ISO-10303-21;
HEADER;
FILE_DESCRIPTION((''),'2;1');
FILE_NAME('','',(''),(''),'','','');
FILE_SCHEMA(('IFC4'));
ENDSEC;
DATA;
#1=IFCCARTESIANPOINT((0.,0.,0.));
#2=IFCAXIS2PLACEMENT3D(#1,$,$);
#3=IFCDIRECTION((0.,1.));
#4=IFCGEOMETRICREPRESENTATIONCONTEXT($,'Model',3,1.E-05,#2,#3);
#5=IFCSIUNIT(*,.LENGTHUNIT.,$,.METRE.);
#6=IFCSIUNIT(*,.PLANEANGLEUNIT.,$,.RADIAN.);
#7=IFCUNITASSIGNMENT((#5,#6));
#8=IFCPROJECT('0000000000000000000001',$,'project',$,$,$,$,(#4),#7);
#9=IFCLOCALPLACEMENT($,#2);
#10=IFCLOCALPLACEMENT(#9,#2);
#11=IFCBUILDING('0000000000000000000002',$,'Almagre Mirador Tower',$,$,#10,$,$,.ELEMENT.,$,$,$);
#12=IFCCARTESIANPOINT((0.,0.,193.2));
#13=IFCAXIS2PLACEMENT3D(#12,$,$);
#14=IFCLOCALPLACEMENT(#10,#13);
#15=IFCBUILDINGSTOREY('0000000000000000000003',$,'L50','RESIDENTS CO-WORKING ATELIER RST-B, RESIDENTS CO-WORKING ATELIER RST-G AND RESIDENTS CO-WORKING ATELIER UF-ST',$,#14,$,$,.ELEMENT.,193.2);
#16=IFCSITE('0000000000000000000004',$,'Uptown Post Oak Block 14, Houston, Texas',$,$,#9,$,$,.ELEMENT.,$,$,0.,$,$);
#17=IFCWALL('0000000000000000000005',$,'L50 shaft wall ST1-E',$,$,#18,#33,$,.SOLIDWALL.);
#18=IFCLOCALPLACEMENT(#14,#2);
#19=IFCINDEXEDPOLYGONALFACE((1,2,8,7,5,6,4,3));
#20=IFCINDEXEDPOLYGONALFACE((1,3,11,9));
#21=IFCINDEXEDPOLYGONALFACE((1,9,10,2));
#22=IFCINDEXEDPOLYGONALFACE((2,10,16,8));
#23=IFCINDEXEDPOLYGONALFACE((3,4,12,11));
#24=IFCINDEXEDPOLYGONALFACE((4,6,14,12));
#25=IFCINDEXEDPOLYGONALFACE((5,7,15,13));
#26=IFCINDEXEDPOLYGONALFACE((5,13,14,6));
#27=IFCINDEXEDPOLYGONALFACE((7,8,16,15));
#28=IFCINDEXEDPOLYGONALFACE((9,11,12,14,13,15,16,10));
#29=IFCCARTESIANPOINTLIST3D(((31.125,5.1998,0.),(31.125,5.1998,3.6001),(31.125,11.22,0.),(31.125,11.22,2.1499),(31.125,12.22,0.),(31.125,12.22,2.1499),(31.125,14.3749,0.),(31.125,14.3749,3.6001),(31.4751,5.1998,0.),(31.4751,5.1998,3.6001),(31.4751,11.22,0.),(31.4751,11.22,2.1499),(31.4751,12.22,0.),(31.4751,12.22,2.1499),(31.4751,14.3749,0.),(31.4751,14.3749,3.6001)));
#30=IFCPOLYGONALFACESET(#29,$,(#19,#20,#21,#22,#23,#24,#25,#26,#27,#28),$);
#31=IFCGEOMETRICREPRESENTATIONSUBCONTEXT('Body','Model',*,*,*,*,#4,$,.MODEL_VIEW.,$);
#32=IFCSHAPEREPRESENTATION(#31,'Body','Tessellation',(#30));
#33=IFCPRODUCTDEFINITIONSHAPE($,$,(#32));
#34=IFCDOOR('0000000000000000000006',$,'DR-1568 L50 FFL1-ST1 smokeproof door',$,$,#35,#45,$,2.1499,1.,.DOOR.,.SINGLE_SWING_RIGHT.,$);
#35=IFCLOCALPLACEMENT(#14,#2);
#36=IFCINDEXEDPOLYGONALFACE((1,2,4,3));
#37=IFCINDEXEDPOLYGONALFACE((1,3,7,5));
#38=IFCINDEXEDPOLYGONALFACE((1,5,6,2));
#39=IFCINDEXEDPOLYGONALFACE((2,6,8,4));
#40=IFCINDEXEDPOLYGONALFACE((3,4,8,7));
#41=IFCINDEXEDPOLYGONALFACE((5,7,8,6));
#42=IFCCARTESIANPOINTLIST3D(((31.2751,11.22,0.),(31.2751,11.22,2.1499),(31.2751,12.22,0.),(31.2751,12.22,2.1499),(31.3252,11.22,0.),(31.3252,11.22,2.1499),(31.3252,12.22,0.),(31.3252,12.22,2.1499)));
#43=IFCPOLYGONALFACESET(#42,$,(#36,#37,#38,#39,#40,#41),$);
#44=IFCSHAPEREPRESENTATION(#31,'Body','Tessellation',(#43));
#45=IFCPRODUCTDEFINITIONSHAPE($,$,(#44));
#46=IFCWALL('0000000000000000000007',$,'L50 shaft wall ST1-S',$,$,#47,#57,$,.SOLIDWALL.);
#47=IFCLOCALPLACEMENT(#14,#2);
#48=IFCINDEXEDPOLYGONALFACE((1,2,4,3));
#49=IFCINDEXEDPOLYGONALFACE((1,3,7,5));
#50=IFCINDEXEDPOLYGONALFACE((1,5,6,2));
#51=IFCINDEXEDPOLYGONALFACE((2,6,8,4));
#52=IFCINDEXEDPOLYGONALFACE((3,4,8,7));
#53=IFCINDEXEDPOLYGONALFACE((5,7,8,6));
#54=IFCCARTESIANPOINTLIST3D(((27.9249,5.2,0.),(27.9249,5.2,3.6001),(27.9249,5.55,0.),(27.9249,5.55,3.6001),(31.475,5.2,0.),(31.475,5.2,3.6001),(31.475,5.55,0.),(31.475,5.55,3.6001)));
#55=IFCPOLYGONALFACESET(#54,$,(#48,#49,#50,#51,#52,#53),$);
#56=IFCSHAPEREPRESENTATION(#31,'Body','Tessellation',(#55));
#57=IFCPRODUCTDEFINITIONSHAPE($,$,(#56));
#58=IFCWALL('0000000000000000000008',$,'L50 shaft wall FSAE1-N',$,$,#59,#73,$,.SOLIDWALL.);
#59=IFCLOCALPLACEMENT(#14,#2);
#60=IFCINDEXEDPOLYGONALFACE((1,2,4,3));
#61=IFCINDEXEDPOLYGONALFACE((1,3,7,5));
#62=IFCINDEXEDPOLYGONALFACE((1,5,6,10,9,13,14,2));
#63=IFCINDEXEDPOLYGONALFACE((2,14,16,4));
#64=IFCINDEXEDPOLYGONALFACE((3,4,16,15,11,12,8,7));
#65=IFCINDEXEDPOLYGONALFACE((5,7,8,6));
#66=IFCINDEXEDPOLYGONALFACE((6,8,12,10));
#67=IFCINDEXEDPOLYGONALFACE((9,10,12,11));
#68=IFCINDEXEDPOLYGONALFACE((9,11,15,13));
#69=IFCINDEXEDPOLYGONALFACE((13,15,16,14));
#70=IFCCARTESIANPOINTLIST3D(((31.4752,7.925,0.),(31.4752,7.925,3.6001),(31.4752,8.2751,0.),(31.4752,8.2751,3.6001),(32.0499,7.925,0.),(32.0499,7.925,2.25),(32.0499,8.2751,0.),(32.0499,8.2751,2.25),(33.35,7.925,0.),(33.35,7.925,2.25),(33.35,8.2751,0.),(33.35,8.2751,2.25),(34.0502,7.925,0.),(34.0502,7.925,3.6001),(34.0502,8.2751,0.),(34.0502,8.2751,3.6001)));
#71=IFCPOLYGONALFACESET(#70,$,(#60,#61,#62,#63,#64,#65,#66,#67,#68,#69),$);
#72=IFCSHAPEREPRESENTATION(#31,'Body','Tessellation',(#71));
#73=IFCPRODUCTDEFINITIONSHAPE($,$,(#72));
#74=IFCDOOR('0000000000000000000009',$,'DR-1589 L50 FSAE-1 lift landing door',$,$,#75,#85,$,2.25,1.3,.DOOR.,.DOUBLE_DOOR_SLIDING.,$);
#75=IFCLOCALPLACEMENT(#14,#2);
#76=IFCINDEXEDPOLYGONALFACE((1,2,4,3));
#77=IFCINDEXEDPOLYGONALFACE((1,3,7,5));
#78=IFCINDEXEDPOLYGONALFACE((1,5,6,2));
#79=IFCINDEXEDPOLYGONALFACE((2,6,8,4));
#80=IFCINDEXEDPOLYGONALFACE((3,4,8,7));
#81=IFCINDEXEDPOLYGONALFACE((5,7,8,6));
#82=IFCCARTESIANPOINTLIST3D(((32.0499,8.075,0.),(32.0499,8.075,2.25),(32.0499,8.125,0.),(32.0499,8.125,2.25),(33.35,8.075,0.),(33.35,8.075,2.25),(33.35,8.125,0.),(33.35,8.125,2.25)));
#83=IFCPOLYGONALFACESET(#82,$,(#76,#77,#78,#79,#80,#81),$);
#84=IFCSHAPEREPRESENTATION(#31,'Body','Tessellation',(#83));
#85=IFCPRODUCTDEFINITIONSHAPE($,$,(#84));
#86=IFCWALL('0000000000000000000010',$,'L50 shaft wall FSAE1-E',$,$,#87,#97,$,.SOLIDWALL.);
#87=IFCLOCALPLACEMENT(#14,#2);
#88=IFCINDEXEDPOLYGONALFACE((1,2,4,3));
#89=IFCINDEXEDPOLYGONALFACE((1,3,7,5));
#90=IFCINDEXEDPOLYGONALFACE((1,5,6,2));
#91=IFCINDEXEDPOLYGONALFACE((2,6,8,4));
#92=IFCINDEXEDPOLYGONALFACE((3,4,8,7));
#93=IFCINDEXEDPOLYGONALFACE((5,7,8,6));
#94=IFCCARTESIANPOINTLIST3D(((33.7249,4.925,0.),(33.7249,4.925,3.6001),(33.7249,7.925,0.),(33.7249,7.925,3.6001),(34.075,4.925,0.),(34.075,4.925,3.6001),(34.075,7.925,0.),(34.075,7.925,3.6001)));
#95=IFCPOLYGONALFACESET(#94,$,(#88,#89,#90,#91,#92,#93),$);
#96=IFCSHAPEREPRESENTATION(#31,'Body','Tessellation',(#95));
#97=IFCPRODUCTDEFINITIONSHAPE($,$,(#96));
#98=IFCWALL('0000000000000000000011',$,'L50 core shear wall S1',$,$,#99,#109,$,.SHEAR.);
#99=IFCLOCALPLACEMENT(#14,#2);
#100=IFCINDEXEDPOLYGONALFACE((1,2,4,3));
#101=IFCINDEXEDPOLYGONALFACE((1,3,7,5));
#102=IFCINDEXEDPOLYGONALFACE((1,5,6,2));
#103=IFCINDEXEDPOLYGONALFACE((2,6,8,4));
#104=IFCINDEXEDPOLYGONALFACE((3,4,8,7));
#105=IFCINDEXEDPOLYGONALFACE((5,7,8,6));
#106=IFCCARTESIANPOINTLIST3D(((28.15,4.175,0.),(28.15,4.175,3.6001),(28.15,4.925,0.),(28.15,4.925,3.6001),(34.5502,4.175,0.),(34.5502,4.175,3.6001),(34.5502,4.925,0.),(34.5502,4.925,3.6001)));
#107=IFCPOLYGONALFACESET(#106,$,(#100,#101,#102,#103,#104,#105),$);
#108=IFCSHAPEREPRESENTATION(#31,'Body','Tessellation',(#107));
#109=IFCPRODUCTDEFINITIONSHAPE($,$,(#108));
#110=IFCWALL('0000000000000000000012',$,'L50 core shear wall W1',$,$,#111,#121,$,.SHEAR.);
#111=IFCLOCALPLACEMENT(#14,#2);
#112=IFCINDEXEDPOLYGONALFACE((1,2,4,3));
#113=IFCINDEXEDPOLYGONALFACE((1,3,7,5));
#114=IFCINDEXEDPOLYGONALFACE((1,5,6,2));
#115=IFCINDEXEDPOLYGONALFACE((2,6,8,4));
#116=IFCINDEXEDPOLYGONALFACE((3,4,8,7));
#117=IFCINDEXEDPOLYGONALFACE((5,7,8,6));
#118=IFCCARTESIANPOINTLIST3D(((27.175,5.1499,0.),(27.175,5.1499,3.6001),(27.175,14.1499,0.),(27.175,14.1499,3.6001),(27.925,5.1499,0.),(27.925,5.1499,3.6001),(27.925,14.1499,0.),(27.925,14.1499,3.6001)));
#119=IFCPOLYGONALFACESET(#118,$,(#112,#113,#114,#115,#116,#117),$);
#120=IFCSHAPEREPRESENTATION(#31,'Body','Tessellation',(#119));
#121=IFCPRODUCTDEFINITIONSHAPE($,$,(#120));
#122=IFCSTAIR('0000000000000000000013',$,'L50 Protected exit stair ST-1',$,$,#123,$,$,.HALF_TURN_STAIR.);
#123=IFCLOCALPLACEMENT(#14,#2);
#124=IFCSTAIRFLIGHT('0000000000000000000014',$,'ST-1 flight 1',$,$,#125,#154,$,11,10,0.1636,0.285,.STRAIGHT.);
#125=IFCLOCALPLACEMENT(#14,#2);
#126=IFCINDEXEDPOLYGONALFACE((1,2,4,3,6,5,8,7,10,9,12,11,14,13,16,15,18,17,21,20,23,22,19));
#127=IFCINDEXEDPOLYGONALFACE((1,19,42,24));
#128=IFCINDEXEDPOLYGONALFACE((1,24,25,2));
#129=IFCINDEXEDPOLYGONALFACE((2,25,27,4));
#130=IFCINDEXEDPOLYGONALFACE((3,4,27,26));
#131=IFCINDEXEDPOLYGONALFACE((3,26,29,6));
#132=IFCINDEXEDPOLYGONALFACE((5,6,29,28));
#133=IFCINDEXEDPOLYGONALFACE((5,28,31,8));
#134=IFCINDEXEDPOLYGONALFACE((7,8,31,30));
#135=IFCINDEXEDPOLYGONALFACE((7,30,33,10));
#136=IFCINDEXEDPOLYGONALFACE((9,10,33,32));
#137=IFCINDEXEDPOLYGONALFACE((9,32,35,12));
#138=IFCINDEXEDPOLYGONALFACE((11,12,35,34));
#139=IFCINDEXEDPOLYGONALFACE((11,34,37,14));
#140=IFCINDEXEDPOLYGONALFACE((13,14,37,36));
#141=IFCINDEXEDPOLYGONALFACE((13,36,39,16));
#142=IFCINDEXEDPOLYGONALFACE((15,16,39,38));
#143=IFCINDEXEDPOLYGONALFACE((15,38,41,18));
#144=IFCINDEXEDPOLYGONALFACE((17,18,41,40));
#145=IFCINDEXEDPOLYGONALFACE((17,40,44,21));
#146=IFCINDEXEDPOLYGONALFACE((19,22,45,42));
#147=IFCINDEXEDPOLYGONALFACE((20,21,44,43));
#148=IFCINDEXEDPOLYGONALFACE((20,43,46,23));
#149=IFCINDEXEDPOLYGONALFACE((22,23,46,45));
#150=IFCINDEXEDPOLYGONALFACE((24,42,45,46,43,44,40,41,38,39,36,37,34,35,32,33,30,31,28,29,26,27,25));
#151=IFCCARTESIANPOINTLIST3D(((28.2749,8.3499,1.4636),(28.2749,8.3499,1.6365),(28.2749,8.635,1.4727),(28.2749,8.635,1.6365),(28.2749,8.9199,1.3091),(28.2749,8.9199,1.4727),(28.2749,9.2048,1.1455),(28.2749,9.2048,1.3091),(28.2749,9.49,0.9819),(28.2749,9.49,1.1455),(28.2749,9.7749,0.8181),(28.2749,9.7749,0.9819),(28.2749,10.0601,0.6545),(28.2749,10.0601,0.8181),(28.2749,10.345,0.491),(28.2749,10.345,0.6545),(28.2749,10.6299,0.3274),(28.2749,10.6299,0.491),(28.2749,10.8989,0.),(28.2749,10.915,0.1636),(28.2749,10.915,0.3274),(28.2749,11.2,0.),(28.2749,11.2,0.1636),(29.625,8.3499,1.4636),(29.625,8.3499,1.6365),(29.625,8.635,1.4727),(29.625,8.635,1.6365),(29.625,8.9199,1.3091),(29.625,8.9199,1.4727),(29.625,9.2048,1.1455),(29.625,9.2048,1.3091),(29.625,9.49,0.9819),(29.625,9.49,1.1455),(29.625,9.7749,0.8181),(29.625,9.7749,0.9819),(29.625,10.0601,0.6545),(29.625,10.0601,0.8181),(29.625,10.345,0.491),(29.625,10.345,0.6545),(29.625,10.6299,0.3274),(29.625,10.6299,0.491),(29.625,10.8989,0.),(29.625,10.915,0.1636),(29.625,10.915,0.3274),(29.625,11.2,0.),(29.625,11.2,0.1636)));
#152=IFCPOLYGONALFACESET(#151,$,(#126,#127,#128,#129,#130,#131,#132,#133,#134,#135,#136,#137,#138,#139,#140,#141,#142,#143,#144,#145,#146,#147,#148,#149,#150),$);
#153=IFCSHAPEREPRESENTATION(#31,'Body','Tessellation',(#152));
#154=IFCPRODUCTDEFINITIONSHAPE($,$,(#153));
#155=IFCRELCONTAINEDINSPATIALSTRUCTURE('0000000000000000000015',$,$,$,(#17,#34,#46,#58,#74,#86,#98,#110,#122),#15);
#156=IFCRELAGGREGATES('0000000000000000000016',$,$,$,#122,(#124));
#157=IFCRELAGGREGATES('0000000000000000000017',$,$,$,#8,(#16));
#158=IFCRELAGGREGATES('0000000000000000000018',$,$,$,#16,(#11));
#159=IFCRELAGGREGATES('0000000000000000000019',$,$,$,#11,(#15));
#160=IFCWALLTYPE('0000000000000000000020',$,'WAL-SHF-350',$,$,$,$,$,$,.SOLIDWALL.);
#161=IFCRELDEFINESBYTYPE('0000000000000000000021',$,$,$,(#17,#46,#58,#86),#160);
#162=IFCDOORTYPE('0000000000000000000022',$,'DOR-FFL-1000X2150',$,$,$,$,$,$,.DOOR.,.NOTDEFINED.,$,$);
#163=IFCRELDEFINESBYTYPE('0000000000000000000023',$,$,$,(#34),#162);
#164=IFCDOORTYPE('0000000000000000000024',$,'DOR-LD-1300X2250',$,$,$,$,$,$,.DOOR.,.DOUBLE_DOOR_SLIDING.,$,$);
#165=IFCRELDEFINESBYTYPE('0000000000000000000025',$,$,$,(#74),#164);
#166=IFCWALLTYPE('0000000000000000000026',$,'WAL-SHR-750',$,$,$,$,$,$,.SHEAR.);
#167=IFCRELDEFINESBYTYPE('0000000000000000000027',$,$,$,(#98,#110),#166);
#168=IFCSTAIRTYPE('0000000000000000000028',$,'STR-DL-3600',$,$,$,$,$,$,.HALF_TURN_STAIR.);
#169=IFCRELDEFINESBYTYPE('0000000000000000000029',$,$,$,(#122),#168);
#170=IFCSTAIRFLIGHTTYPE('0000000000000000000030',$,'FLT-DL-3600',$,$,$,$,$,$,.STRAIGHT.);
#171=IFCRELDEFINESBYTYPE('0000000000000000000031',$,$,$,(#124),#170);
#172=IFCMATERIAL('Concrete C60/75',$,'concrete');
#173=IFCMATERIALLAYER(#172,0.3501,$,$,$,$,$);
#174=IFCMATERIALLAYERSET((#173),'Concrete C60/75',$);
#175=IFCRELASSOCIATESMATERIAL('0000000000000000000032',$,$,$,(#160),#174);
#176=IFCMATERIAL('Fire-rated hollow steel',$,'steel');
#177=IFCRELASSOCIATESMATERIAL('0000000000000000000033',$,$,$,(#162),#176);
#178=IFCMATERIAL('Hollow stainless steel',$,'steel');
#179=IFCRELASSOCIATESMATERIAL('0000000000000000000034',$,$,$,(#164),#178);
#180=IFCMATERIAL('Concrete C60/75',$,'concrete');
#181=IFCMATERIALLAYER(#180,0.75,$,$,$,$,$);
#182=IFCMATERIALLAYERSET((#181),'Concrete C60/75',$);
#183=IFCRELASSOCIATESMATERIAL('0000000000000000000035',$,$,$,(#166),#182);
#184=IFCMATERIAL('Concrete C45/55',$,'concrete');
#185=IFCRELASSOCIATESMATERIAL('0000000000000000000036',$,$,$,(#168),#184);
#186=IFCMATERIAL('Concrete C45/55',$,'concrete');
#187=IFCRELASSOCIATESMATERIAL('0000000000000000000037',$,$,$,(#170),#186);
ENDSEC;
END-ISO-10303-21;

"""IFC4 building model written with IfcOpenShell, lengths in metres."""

from ifc_helpers import new_model, si_unit, direction, frame, frame_2d, origin, place, context, subcontext, project, spatial, polyline, rectangle, outline, extrude, material, layer, layer_set, type_object, element, fill, aggregate, save


model = new_model("IFC4")

# Units and contexts
model_context = context("Model", 3, precision=1e-05, world=origin(), true_north=direction((0.0, 1.0)))
body_context = subcontext(model_context, "Body", "Model", "MODEL_VIEW")
ifc_project = project(units=[si_unit("LENGTHUNIT", "METRE"), si_unit("PLANEANGLEUNIT", "RADIAN")], contexts=[model_context])

# Site, building, storey
site_placement = place(None, origin())
site = spatial("IfcSite", under=ifc_project, at=site_placement, Name="Uptown Post Oak Block 14, Houston, Texas", CompositionType="ELEMENT", RefElevation=0.0)
building_placement = place(site_placement, origin())
building = spatial("IfcBuilding", under=site, at=building_placement, Name="Almagre Mirador Tower", CompositionType="ELEMENT")
storey_placement = place(building_placement, frame((0.0, 0.0, 193.2)))
storey = spatial("IfcBuildingStorey", under=building, at=storey_placement, Name="L50", Description="RESIDENTS CO-WORKING ATELIER RST-B, RESIDENTS CO-WORKING ATELIER RST-G AND RESIDENTS CO-WORKING ATELIER UF-ST", CompositionType="ELEMENT", Elevation=193.2)

# Shared definitions
ifc_material_1 = material(Name="Concrete C60/75", Category="concrete")
ifc_layer_1 = layer(ifc_material_1, 0.3501)
ifc_layer_set_1 = layer_set([ifc_layer_1], Name="Concrete C60/75")
wall_type_1 = type_object("IfcWallType", Name="WAL-SHF-350", PredefinedType="SOLIDWALL", material=ifc_layer_set_1)

# Wall, opening, door
wall_1_placement = place(storey_placement, frame((31.3, 5.2, 0.0), z_axis=(0.0, 0.0, 1.0), x_axis=(0.0, 1.0, 0.0)))
wall_1 = element("IfcWall", 1, at=wall_1_placement, inside=storey, type_object=wall_type_1, Name="L50 shaft wall ST1-E", PredefinedType="SOLIDWALL", context=body_context, shape_type="SweptSolid", body=[
    extrude(rectangle(XDim=9.175, YDim=0.3501, at=frame_2d((4.5874, 0.0))), origin(), (0.0, 0.0, 1.0), 3.6001),
])
opening_1_placement = place(wall_1_placement, frame((6.02, 0.0, 0.0)))
opening_1 = element("IfcOpeningElement", 2, at=opening_1_placement, cuts=wall_1, PredefinedType="OPENING", context=body_context, shape_type="SweptSolid", body=[
    extrude(rectangle(XDim=1.0, YDim=2.1499, at=frame_2d((0.5, 1.075))), frame((0.0, 0.185, 0.0), z_axis=(0.0, -1.0, 0.0), x_axis=(1.0, 0.0, 0.0)), (0.0, 0.0, 1.0), 0.3701),
])
ifc_material_2 = material(Name="Fire-rated hollow steel", Category="steel")
door_type_1 = type_object("IfcDoorType", Name="DOR-FFL-1000X2150", OperationType="NOTDEFINED", PredefinedType="DOOR", material=ifc_material_2)
door_1_placement = place(opening_1_placement, origin())
door_1 = element("IfcDoor", 3, at=door_1_placement, inside=storey, type_object=door_type_1, Name="DR-1568 L50 FFL1-ST1 smokeproof door", OperationType="SINGLE_SWING_RIGHT", OverallHeight=2.1499, OverallWidth=1.0, PredefinedType="DOOR", context=body_context, shape_type="SweptSolid", body=[
    extrude(rectangle(XDim=1.0, YDim=2.1499, at=frame_2d((0.5, 1.075))), frame((0.0, 0.0249, 0.0), z_axis=(0.0, -1.0, 0.0), x_axis=(1.0, 0.0, 0.0)), (0.0, 0.0, 1.0), 0.05),
])
fill(opening_1, door_1)

# Wall
wall_2_placement = place(storey_placement, frame((27.925, 5.375, 0.0), z_axis=(0.0, 0.0, 1.0), x_axis=(1.0, 0.0, 0.0)))
element("IfcWall", 4, at=wall_2_placement, inside=storey, type_object=wall_type_1, Name="L50 shaft wall ST1-S", PredefinedType="SOLIDWALL", context=body_context, shape_type="SweptSolid", body=[
    extrude(rectangle(XDim=3.55, YDim=0.3501, at=frame_2d((1.7749, 0.0))), origin(), (0.0, 0.0, 1.0), 3.6001),
])

# Wall, opening, door
wall_3_placement = place(storey_placement, frame((31.4751, 8.1001, 0.0), z_axis=(0.0, 0.0, 1.0), x_axis=(1.0, 0.0, 0.0)))
wall_3 = element("IfcWall", 5, at=wall_3_placement, inside=storey, type_object=wall_type_1, Name="L50 shaft wall FSAE1-N", PredefinedType="SOLIDWALL", context=body_context, shape_type="SweptSolid", body=[
    extrude(rectangle(XDim=2.575, YDim=0.3501, at=frame_2d((1.2876, 0.0))), origin(), (0.0, 0.0, 1.0), 3.6001),
])
opening_2_placement = place(wall_3_placement, frame((0.575, 0.0, 0.0)))
opening_2 = element("IfcOpeningElement", 6, at=opening_2_placement, cuts=wall_3, PredefinedType="OPENING", context=body_context, shape_type="SweptSolid", body=[
    extrude(rectangle(XDim=1.3, YDim=2.25, at=frame_2d((0.6499, 1.125))), frame((0.0, 0.185, 0.0), z_axis=(0.0, -1.0, 0.0), x_axis=(1.0, 0.0, 0.0)), (0.0, 0.0, 1.0), 0.3701),
])
ifc_material_3 = material(Name="Hollow stainless steel", Category="steel")
door_type_2 = type_object("IfcDoorType", Name="DOR-LD-1300X2250", OperationType="DOUBLE_DOOR_SLIDING", PredefinedType="DOOR", material=ifc_material_3)
door_2_placement = place(opening_2_placement, origin())
door_2 = element("IfcDoor", 7, at=door_2_placement, inside=storey, type_object=door_type_2, Name="DR-1589 L50 FSAE-1 lift landing door", OperationType="DOUBLE_DOOR_SLIDING", OverallHeight=2.25, OverallWidth=1.3, PredefinedType="DOOR", context=body_context, shape_type="SweptSolid", body=[
    extrude(rectangle(XDim=1.3, YDim=2.25, at=frame_2d((0.6499, 1.125))), frame((0.0, 0.0249, 0.0), z_axis=(0.0, -1.0, 0.0), x_axis=(1.0, 0.0, 0.0)), (0.0, 0.0, 1.0), 0.05),
])
fill(opening_2, door_2)

# Walls
wall_4_placement = place(storey_placement, frame((33.8999, 4.925, 0.0), z_axis=(0.0, 0.0, 1.0), x_axis=(0.0, 1.0, 0.0)))
element("IfcWall", 8, at=wall_4_placement, inside=storey, type_object=wall_type_1, Name="L50 shaft wall FSAE1-E", PredefinedType="SOLIDWALL", context=body_context, shape_type="SweptSolid", body=[
    extrude(rectangle(XDim=3.0, YDim=0.3501, at=frame_2d((1.5, 0.0))), origin(), (0.0, 0.0, 1.0), 3.6001),
])
ifc_material_4 = material(Name="Concrete C60/75", Category="concrete")
ifc_layer_2 = layer(ifc_material_4, 0.75)
ifc_layer_set_2 = layer_set([ifc_layer_2], Name="Concrete C60/75")
wall_type_2 = type_object("IfcWallType", Name="WAL-SHR-750", PredefinedType="SHEAR", material=ifc_layer_set_2)
wall_5_placement = place(storey_placement, frame((28.1499, 4.55, 0.0), z_axis=(0.0, 0.0, 1.0), x_axis=(1.0, 0.0, 0.0)))
element("IfcWall", 9, at=wall_5_placement, inside=storey, type_object=wall_type_2, Name="L50 core shear wall S1", PredefinedType="SHEAR", context=body_context, shape_type="SweptSolid", body=[
    extrude(rectangle(XDim=6.4001, YDim=0.75, at=frame_2d((3.2002, 0.0))), origin(), (0.0, 0.0, 1.0), 3.6001),
])
wall_6_placement = place(storey_placement, frame((27.55, 5.1499, 0.0), z_axis=(0.0, 0.0, 1.0), x_axis=(0.0, 1.0, 0.0)))
element("IfcWall", 10, at=wall_6_placement, inside=storey, type_object=wall_type_2, Name="L50 core shear wall W1", PredefinedType="SHEAR", context=body_context, shape_type="SweptSolid", body=[
    extrude(rectangle(XDim=9.0, YDim=0.75, at=frame_2d((4.5, 0.0))), origin(), (0.0, 0.0, 1.0), 3.6001),
])

# Stair, stair flight
ifc_material_5 = material(Name="Concrete C45/55", Category="concrete")
stair_type = type_object("IfcStairType", Name="STR-DL-3600", PredefinedType="HALF_TURN_STAIR", material=ifc_material_5)
stair_placement = place(storey_placement, origin())
stair = element("IfcStair", 11, at=stair_placement, inside=storey, type_object=stair_type, Name="L50 Protected exit stair ST-1", PredefinedType="HALF_TURN_STAIR")
ifc_material_6 = material(Name="Concrete C45/55", Category="concrete")
stair_flight_type = type_object("IfcStairFlightType", Name="FLT-DL-3600", PredefinedType="STRAIGHT", material=ifc_material_6)
stair_flight_1_placement = place(storey_placement, frame((28.95, 11.2, 0.0), z_axis=(0.0, 0.0, 1.0), x_axis=(0.0, -1.0, 0.0)))
stair_flight_1 = element("IfcStairFlight", 12, at=stair_flight_1_placement, type_object=stair_flight_type, Name="ST-1 flight 1", NumberOfRisers=11, NumberOfTreads=10, PredefinedType="STRAIGHT", RiserHeight=0.1636, TreadLength=0.285, context=body_context, shape_type="SweptSolid", body=[
    extrude(outline(polyline([(0.0, 0.0), (0.0, 0.1636), (0.2849, 0.1636), (0.2849, 0.3274), (0.5701, 0.3274), (0.5701, 0.491), (0.855, 0.491), (0.855, 0.6545), (1.1399, 0.6545), (1.1399, 0.8181), (1.425, 0.8181), (1.425, 0.9819), (1.71, 0.9819), (1.71, 1.1455), (1.9951, 1.1455), (1.9951, 1.3091), (2.28, 1.3091), (2.28, 1.4727), (2.5649, 1.4727), (2.5649, 1.6365), (2.8501, 1.6365), (2.8501, 1.8), (2.8501, 1.4636), (0.301, 0.0), (0.0, 0.0)])), frame((0.0, 0.675, 0.0), z_axis=(0.0, -1.0, 0.0), x_axis=(1.0, 0.0, 0.0)), (0.0, 0.0, 1.0), 1.3501),
])
aggregate(stair, [stair_flight_1])

save(model, "model.ifc")
